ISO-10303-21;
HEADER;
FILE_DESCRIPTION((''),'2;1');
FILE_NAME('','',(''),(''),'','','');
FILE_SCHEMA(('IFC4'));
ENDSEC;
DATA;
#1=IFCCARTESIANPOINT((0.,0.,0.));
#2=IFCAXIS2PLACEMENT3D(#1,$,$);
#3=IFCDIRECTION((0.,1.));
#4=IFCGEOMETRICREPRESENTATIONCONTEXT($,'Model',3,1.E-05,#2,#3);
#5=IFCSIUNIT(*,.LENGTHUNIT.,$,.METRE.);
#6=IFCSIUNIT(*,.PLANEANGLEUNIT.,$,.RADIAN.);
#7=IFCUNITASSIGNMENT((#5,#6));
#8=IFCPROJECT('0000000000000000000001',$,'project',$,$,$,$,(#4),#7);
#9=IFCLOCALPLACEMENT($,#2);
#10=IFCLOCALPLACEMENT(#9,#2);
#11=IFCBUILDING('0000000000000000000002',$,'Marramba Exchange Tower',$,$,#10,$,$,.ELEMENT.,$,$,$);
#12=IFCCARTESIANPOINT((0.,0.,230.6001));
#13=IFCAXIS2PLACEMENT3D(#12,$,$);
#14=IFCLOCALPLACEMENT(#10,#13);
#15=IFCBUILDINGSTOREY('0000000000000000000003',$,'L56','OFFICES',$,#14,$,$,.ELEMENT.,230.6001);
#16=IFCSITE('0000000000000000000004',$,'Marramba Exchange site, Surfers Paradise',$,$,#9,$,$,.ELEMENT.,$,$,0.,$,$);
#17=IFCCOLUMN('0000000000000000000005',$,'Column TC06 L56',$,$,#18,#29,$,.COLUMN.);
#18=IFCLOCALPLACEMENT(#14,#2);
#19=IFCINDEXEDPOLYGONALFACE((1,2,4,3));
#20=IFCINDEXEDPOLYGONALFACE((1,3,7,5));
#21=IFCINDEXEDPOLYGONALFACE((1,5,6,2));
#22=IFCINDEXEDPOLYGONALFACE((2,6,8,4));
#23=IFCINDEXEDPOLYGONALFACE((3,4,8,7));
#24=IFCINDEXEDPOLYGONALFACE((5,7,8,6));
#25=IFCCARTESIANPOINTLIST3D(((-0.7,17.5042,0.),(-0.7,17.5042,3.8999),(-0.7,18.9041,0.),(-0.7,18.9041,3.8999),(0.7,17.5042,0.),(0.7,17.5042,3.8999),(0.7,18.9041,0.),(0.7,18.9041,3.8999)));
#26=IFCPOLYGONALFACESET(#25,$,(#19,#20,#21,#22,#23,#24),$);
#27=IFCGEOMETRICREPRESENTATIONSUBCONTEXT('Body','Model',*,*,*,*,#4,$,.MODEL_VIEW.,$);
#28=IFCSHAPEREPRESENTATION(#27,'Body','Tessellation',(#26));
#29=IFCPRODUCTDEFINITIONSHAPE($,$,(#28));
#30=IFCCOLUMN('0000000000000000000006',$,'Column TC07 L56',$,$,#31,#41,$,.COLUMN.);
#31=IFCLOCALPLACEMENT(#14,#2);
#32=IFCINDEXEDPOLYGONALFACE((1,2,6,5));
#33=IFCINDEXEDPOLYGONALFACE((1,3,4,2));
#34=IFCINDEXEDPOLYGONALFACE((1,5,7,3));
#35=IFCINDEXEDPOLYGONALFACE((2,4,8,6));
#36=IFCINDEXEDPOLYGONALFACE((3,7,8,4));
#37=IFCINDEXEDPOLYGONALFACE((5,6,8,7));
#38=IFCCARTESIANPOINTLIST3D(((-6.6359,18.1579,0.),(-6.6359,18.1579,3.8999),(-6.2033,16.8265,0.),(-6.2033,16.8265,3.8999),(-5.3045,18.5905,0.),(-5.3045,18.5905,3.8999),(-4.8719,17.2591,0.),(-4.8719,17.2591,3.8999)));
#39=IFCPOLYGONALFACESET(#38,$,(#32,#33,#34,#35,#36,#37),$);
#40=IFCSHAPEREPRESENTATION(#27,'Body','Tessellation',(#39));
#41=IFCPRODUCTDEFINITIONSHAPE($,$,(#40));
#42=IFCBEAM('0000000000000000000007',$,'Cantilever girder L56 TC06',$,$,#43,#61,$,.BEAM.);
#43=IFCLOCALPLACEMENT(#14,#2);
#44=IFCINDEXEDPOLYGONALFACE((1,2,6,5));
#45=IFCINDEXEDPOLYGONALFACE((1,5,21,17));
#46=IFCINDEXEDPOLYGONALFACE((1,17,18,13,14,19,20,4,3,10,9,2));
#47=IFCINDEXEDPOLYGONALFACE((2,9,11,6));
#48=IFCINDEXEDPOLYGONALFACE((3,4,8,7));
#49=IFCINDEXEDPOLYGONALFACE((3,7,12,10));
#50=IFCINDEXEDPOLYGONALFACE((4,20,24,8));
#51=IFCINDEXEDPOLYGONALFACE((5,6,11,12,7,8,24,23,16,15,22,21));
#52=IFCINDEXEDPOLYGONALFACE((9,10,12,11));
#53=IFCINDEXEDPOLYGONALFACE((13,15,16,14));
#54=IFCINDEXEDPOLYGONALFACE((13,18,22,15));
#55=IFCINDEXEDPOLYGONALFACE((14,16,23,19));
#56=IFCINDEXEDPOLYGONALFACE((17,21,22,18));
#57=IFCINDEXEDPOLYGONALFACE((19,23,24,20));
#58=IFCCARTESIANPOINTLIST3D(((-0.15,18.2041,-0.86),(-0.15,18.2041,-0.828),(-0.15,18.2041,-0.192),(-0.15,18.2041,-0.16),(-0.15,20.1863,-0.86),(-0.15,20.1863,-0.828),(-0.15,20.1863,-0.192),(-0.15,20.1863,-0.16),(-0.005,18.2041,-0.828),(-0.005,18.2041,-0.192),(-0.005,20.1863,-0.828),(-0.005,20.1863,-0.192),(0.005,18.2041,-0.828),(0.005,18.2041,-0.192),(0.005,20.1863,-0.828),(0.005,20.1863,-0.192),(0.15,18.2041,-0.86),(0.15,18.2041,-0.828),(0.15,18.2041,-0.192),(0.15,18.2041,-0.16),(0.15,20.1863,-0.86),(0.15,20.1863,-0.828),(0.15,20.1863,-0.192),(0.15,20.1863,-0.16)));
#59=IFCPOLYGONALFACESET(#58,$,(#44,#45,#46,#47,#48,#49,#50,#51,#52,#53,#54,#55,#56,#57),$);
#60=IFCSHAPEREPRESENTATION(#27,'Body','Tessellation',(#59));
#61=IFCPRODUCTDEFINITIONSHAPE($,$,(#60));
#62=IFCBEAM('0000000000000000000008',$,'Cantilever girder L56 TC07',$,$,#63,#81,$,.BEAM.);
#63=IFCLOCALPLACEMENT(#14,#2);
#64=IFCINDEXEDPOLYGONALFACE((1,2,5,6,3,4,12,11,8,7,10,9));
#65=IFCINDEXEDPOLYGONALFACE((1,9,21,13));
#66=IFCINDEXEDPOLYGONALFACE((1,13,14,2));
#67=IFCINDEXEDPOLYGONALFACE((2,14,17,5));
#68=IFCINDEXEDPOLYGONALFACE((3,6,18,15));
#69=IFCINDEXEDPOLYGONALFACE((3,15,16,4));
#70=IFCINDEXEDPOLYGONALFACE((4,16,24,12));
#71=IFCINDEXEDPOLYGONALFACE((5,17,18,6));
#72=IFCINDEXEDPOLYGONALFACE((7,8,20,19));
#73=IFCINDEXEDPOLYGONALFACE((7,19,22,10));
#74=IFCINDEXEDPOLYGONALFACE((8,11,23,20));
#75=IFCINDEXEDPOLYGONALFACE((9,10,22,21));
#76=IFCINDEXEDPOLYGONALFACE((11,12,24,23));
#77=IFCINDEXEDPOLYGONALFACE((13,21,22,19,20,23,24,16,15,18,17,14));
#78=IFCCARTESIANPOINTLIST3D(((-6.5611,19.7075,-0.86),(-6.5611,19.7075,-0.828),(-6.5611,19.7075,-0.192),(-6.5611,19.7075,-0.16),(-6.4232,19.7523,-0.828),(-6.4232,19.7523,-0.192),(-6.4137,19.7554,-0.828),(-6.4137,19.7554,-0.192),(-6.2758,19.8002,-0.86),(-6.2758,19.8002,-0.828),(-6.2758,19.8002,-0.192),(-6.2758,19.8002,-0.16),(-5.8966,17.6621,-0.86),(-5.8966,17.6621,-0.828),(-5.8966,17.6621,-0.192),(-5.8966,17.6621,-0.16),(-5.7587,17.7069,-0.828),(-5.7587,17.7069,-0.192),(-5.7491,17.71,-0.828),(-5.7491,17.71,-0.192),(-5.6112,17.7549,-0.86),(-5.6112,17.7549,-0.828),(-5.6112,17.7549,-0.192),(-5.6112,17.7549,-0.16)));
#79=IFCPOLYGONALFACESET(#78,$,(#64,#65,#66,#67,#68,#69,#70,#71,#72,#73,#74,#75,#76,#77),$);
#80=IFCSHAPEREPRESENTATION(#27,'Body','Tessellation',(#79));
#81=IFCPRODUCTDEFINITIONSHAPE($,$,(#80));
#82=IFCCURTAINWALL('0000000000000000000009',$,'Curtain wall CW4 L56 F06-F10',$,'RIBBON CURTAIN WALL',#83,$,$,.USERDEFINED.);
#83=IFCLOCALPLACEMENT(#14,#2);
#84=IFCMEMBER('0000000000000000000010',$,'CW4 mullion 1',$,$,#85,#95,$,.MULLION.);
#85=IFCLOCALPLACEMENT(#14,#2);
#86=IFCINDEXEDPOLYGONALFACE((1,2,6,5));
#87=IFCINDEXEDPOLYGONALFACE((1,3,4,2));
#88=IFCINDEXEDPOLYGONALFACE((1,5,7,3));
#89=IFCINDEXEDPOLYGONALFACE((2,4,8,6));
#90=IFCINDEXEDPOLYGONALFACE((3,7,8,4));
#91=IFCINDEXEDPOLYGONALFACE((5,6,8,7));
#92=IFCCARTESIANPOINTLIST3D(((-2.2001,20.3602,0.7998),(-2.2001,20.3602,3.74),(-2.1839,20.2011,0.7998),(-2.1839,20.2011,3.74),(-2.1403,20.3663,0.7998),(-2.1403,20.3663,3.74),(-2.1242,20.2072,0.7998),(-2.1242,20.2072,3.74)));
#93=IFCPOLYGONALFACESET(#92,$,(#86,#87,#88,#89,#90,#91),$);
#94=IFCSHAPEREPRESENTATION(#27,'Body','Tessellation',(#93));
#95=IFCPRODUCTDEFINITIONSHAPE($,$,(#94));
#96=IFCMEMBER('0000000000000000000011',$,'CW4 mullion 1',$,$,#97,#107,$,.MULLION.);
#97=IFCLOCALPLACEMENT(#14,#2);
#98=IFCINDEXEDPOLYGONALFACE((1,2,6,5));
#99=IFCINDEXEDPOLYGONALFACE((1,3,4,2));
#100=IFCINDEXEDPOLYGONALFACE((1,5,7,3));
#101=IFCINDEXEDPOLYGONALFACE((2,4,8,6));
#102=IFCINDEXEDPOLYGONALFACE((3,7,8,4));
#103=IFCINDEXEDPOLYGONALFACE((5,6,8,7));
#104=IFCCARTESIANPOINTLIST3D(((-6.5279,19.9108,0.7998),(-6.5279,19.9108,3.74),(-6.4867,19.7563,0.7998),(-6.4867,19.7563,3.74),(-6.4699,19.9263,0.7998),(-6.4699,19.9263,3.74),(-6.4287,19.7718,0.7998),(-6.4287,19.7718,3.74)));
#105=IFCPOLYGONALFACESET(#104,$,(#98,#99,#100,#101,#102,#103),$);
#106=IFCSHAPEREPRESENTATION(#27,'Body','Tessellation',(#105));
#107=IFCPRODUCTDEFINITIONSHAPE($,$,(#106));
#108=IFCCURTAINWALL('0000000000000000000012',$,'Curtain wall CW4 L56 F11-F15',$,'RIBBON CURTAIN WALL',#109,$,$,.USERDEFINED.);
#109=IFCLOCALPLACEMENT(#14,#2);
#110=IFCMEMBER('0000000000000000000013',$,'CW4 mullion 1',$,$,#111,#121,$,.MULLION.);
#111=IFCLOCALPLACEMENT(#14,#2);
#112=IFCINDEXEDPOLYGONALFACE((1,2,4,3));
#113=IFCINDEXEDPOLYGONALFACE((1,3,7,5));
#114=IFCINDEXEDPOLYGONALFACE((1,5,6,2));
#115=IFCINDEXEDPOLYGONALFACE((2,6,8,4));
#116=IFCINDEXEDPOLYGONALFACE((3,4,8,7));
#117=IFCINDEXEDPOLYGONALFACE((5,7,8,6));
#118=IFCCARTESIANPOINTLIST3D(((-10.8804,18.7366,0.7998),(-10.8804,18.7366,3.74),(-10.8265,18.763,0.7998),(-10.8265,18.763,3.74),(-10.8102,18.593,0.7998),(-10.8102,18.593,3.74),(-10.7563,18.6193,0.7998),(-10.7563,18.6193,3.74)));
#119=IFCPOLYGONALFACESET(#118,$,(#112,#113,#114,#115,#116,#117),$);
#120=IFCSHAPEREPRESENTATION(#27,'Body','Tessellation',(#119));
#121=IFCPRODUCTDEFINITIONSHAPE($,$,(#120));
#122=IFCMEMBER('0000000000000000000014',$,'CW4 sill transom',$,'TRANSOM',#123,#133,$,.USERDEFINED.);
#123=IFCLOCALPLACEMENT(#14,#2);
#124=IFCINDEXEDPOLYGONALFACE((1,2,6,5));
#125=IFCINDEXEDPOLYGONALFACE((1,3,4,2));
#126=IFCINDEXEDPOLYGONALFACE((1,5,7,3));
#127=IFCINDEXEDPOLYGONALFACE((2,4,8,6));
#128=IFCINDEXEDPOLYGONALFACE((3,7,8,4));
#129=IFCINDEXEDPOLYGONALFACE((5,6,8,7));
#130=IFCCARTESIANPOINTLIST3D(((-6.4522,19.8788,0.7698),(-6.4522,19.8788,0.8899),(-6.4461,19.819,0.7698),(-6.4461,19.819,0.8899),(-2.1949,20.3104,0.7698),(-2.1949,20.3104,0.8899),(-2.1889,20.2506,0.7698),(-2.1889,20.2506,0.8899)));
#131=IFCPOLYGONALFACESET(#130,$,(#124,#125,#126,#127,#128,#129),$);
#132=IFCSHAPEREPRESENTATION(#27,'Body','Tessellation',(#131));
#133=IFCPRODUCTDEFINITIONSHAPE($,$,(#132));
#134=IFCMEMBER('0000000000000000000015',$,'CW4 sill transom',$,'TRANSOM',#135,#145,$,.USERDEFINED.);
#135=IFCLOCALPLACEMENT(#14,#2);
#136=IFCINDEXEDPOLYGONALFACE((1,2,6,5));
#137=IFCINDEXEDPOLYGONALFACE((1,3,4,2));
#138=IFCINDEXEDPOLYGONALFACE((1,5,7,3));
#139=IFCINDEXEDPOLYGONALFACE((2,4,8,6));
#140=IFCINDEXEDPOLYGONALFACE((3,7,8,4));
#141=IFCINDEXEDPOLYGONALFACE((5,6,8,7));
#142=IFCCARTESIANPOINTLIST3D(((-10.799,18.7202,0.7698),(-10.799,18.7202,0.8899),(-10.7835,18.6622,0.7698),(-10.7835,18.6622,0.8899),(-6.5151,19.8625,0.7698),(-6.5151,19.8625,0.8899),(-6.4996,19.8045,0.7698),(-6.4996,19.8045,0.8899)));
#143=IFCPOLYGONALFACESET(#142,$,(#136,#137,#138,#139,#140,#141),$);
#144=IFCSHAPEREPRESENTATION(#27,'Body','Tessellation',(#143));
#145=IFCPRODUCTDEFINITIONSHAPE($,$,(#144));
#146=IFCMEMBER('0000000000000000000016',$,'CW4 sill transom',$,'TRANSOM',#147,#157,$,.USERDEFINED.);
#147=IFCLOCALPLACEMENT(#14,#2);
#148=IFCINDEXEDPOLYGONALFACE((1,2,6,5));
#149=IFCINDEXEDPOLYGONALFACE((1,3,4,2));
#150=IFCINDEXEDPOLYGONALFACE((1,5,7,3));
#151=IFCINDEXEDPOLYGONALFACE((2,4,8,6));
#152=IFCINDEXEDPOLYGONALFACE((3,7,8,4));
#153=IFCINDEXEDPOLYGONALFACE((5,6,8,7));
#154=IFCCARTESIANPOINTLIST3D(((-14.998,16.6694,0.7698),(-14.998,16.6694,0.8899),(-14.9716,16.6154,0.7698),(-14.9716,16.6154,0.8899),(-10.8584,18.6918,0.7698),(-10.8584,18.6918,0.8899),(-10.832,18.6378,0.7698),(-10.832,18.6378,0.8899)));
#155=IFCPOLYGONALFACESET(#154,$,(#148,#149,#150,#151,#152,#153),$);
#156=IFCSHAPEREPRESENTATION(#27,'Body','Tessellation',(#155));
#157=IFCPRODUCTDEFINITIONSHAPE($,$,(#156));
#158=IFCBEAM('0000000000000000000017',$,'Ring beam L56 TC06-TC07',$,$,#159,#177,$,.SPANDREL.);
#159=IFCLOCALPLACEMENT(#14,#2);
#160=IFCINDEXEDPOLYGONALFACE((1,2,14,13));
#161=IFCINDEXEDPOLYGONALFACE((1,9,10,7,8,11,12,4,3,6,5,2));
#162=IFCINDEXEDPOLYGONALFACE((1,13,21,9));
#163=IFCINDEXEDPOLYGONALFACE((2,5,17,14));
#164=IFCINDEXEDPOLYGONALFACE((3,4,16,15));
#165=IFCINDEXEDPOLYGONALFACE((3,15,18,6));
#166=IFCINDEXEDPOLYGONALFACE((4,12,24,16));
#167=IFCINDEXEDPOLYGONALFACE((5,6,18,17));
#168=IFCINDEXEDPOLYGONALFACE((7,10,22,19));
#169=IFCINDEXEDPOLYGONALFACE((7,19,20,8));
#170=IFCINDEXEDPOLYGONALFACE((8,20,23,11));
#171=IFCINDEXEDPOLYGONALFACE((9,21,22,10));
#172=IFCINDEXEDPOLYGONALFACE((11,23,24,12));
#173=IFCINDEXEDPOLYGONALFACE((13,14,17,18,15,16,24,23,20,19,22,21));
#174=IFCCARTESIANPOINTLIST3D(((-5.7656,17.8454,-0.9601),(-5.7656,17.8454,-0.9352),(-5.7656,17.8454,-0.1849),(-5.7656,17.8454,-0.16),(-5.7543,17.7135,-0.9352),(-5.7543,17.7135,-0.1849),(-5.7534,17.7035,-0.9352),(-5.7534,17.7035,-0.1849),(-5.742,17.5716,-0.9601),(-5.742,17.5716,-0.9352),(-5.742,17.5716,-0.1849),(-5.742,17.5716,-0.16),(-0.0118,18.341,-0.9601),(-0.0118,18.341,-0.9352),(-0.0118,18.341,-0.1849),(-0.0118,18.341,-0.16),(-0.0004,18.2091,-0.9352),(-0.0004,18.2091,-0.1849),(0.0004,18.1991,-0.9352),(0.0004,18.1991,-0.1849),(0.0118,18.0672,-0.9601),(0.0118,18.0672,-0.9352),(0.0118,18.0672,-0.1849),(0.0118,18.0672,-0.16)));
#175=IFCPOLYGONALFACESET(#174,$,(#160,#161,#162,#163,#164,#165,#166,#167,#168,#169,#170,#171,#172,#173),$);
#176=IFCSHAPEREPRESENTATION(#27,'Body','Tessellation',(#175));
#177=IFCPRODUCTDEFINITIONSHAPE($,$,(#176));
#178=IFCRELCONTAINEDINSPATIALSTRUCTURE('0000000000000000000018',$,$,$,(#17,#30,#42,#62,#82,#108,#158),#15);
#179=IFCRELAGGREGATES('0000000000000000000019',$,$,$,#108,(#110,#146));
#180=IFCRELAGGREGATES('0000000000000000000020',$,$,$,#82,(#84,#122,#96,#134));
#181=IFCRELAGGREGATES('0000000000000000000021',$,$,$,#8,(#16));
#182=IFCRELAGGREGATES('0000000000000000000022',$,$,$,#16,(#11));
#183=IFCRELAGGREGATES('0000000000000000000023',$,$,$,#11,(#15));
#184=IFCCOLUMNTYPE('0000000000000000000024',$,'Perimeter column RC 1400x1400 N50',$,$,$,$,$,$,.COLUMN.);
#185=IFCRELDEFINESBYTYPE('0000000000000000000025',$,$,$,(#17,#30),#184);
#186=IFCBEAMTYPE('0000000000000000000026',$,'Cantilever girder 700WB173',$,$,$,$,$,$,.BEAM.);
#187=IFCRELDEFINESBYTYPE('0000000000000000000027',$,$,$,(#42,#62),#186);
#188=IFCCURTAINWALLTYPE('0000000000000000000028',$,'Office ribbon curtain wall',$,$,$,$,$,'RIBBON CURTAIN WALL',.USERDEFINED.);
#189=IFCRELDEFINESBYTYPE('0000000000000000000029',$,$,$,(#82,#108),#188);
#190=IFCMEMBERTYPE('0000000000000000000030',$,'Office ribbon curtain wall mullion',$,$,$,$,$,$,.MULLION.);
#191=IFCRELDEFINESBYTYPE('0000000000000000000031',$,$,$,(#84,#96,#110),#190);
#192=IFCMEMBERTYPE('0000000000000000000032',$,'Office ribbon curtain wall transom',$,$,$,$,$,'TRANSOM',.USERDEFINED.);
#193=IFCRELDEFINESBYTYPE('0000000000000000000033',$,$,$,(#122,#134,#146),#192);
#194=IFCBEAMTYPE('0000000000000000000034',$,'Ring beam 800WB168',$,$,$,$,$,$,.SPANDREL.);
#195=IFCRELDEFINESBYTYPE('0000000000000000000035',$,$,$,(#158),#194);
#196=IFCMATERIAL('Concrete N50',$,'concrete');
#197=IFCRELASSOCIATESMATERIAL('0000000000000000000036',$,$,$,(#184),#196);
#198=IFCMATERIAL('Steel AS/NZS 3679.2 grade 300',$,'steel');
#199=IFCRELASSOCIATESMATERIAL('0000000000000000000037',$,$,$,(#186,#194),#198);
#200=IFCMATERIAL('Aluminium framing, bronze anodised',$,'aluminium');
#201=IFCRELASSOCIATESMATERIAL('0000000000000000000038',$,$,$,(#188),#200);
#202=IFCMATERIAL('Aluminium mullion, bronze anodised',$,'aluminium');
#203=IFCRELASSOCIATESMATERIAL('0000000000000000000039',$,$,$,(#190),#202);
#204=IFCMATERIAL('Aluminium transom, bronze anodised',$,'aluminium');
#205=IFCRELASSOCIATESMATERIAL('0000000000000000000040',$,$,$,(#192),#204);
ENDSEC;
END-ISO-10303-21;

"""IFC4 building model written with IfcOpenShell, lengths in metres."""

from ifc_helpers import new_model, si_unit, direction, frame, origin, origin_2d, place, context, subcontext, project, spatial, rectangle, i_section, extrude, material, material_profile, profile_set, type_object, element, aggregate, save


model = new_model("IFC4")

# Units and contexts
model_context = context("Model", 3, precision=1e-05, world=origin(), true_north=direction((0.0, 1.0)))
body_context = subcontext(model_context, "Body", "Model", "MODEL_VIEW")
ifc_project = project(units=[si_unit("LENGTHUNIT", "METRE"), si_unit("PLANEANGLEUNIT", "RADIAN")], contexts=[model_context])

# Site, building, storey
site_placement = place(None, origin())
site = spatial("IfcSite", under=ifc_project, at=site_placement, Name="Marramba Exchange site, Surfers Paradise", CompositionType="ELEMENT", RefElevation=0.0)
building_placement = place(site_placement, origin())
building = spatial("IfcBuilding", under=site, at=building_placement, Name="Marramba Exchange Tower", CompositionType="ELEMENT")
storey_placement = place(building_placement, frame((0.0, 0.0, 230.6001)))
storey = spatial("IfcBuildingStorey", under=building, at=storey_placement, Name="L56", Description="OFFICES", CompositionType="ELEMENT", Elevation=230.6001)

# Columns
ifc_material_1 = material(Name="Concrete N50", Category="concrete")
ifc_material_profile_1 = material_profile(ifc_material_1, rectangle(XDim=1.3999, YDim=1.3999, at=origin_2d()), Name="RC 1400x1400")
ifc_profile_set_1 = profile_set([ifc_material_profile_1], Name="Concrete N50")
column_type = type_object("IfcColumnType", Name="Perimeter column RC 1400x1400 N50", PredefinedType="COLUMN", material=ifc_profile_set_1)
for number, where, z_axis, x_axis, name in (
    (1, (0.0, 18.2041, 0.0), (0.0, 0.0, 1.0), (0.0, 1.0, 0.0), "Column TC06 L56"),
    (2, (-5.7539, 17.7085, 0.0), (0.0, 0.0, 1.0), (-0.309017, 0.951057, 0.0), "Column TC07 L56"),
):
    element("IfcColumn", number, at=place(storey_placement, frame(where, z_axis=z_axis, x_axis=x_axis)), inside=storey, type_object=column_type, Name=name, PredefinedType="COLUMN", context=body_context, shape_type="SweptSolid", body=[
        extrude(rectangle(XDim=1.3999, YDim=1.3999, at=origin_2d()), origin(), (0.0, 0.0, 1.0), 3.8999),
    ])

# Beams
ifc_material_2 = material(Name="Steel AS/NZS 3679.2 grade 300", Category="steel")
ifc_material_profile_2 = material_profile(ifc_material_2, i_section(OverallWidth=0.3, OverallDepth=0.7, WebThickness=0.01, FlangeThickness=0.032, at=origin_2d()), Name="700WB173")
ifc_profile_set_2 = profile_set([ifc_material_profile_2], Name="Steel AS/NZS 3679.2 grade 300")
beam_type_1 = type_object("IfcBeamType", Name="Cantilever girder 700WB173", PredefinedType="BEAM", material=ifc_profile_set_2)
beam_1_placement = place(storey_placement, frame((0.0, 18.2041, -0.51), z_axis=(0.0, 1.0, 0.0), x_axis=(-1.0, 0.0, 0.0)))
element("IfcBeam", 3, at=beam_1_placement, inside=storey, type_object=beam_type_1, Name="Cantilever girder L56 TC06", PredefinedType="BEAM", context=body_context, shape_type="SweptSolid", body=[
    extrude(i_section(OverallWidth=0.3, OverallDepth=0.7, WebThickness=0.01, FlangeThickness=0.032, at=origin_2d()), origin(), (0.0, 0.0, 1.0), 1.9822),
])
beam_2_placement = place(storey_placement, frame((-5.7539, 17.7085, -0.51), z_axis=(-0.308999, 0.951062, 0.0), x_axis=(-0.951062, -0.308999, 0.0)))
element("IfcBeam", 4, at=beam_2_placement, inside=storey, type_object=beam_type_1, Name="Cantilever girder L56 TC07", PredefinedType="BEAM", context=body_context, shape_type="SweptSolid", body=[
    extrude(i_section(OverallWidth=0.3, OverallDepth=0.7, WebThickness=0.01, FlangeThickness=0.032, at=origin_2d()), origin(), (0.0, 0.0, 1.0), 2.1506),
])

# Curtain wall, members
ifc_material_3 = material(Name="Aluminium framing, bronze anodised", Category="aluminium")
curtain_wall_type = type_object("IfcCurtainWallType", Name="Office ribbon curtain wall", ElementType="RIBBON CURTAIN WALL", PredefinedType="USERDEFINED", material=ifc_material_3)
curtain_wall_1_placement = place(storey_placement, origin())
curtain_wall_1 = element("IfcCurtainWall", 5, at=curtain_wall_1_placement, inside=storey, type_object=curtain_wall_type, Name="Curtain wall CW4 L56 F06-F10", ObjectType="RIBBON CURTAIN WALL", PredefinedType="USERDEFINED")
ifc_material_4 = material(Name="Aluminium mullion, bronze anodised", Category="aluminium")
ifc_material_profile_3 = material_profile(ifc_material_4, rectangle(XDim=0.1599, YDim=0.0601, at=origin_2d()), Name="CW4 mullion 60x160")
ifc_profile_set_3 = profile_set([ifc_material_profile_3], Name="Aluminium mullion, bronze anodised")
member_type_1 = type_object("IfcMemberType", Name="Office ribbon curtain wall mullion", PredefinedType="MULLION", material=ifc_profile_set_3)
member_1_placement = place(storey_placement, frame((-2.1621, 20.2837, 0.7998), z_axis=(0.0, 0.0, 1.0), x_axis=(0.100863, -0.9949, 0.0)))
member_1 = element("IfcMember", 6, at=member_1_placement, type_object=member_type_1, Name="CW4 mullion 1", PredefinedType="MULLION", context=body_context, shape_type="SweptSolid", body=[
    extrude(rectangle(XDim=0.1599, YDim=0.0601, at=origin_2d()), origin(), (0.0, 0.0, 1.0), 2.9402),
])
member_2_placement = place(storey_placement, frame((-6.4783, 19.8413, 0.7998), z_axis=(0.0, 0.0, 1.0), x_axis=(0.257641, -0.966241, 0.0)))
member_2 = element("IfcMember", 7, at=member_2_placement, type_object=member_type_1, Name="CW4 mullion 1", PredefinedType="MULLION", context=body_context, shape_type="SweptSolid", body=[
    extrude(rectangle(XDim=0.1599, YDim=0.0601, at=origin_2d()), origin(), (0.0, 0.0, 1.0), 2.9402),
])

# Curtain wall, member
curtain_wall_2_placement = place(storey_placement, origin())
curtain_wall_2 = element("IfcCurtainWall", 8, at=curtain_wall_2_placement, inside=storey, type_object=curtain_wall_type, Name="Curtain wall CW4 L56 F11-F15", ObjectType="RIBBON CURTAIN WALL", PredefinedType="USERDEFINED")
member_3_placement = place(storey_placement, frame((-10.8184, 18.678, 0.7998), z_axis=(0.0, 0.0, 1.0), x_axis=(0.438972, -0.898501, 0.0)))
member_3 = element("IfcMember", 9, at=member_3_placement, type_object=member_type_1, Name="CW4 mullion 1", PredefinedType="MULLION", context=body_context, shape_type="SweptSolid", body=[
    extrude(rectangle(XDim=0.1599, YDim=0.0601, at=origin_2d()), origin(), (0.0, 0.0, 1.0), 2.9402),
])

# Members
ifc_material_5 = material(Name="Aluminium transom, bronze anodised", Category="aluminium")
ifc_material_profile_4 = material_profile(ifc_material_5, rectangle(XDim=0.0601, YDim=0.1201, at=origin_2d()), Name="CW4 transom 60x120")
ifc_profile_set_4 = profile_set([ifc_material_profile_4], Name="Aluminium transom, bronze anodised")
member_type_2 = type_object("IfcMemberType", Name="Office ribbon curtain wall transom", ElementType="TRANSOM", PredefinedType="USERDEFINED", material=ifc_profile_set_4)
member_4_placement = place(storey_placement, frame((-2.1919, 20.2805, 0.8298), z_axis=(-0.9949, -0.100871, 0.0), x_axis=(0.100871, -0.9949, 0.0)))
member_4 = element("IfcMember", 10, at=member_4_placement, type_object=member_type_2, Name="CW4 sill transom", ObjectType="TRANSOM", PredefinedType="USERDEFINED", context=body_context, shape_type="SweptSolid", body=[
    extrude(rectangle(XDim=0.0601, YDim=0.1201, at=origin_2d()), origin(), (0.0, 0.0, 1.0), 4.2791),
])
member_5_placement = place(storey_placement, frame((-6.5073, 19.8335, 0.8298), z_axis=(-0.966238, -0.257652, 0.0), x_axis=(0.257652, -0.966238, 0.0)))
member_5 = element("IfcMember", 11, at=member_5_placement, type_object=member_type_2, Name="CW4 sill transom", ObjectType="TRANSOM", PredefinedType="USERDEFINED", context=body_context, shape_type="SweptSolid", body=[
    extrude(rectangle(XDim=0.0601, YDim=0.1201, at=origin_2d()), origin(), (0.0, 0.0, 1.0), 4.4336),
])
member_6_placement = place(storey_placement, frame((-10.8452, 18.6648, 0.8298), z_axis=(-0.898501, -0.438971, 0.0), x_axis=(0.438971, -0.898501, 0.0)))
member_6 = element("IfcMember", 12, at=member_6_placement, type_object=member_type_2, Name="CW4 sill transom", ObjectType="TRANSOM", PredefinedType="USERDEFINED", context=body_context, shape_type="SweptSolid", body=[
    extrude(rectangle(XDim=0.0601, YDim=0.1201, at=origin_2d()), origin(), (0.0, 0.0, 1.0), 4.6072),
])
aggregate(curtain_wall_2, [member_3, member_6])

# Beam
ifc_material_profile_5 = material_profile(ifc_material_2, i_section(OverallWidth=0.2749, OverallDepth=0.8, WebThickness=0.01, FlangeThickness=0.0249, at=origin_2d()), Name="800WB168")
ifc_profile_set_5 = profile_set([ifc_material_profile_5], Name="Steel AS/NZS 3679.2 grade 300")
beam_type_2 = type_object("IfcBeamType", Name="Ring beam 800WB168", PredefinedType="SPANDREL", material=ifc_profile_set_5)
beam_3_placement = place(storey_placement, frame((0.0, 18.2041, -0.5601), z_axis=(-0.996311, -0.085816, 0.0), x_axis=(0.085816, -0.996311, 0.0)))
element("IfcBeam", 13, at=beam_3_placement, inside=storey, type_object=beam_type_2, Name="Ring beam L56 TC06-TC07", PredefinedType="SPANDREL", context=body_context, shape_type="SweptSolid", body=[
    extrude(i_section(OverallWidth=0.2749, OverallDepth=0.8, WebThickness=0.01, FlangeThickness=0.0249, at=origin_2d()), origin(), (0.0, 0.0, 1.0), 5.7751),
])

aggregate(curtain_wall_1, [member_1, member_4, member_2, member_5])

save(model, "model.ifc")
